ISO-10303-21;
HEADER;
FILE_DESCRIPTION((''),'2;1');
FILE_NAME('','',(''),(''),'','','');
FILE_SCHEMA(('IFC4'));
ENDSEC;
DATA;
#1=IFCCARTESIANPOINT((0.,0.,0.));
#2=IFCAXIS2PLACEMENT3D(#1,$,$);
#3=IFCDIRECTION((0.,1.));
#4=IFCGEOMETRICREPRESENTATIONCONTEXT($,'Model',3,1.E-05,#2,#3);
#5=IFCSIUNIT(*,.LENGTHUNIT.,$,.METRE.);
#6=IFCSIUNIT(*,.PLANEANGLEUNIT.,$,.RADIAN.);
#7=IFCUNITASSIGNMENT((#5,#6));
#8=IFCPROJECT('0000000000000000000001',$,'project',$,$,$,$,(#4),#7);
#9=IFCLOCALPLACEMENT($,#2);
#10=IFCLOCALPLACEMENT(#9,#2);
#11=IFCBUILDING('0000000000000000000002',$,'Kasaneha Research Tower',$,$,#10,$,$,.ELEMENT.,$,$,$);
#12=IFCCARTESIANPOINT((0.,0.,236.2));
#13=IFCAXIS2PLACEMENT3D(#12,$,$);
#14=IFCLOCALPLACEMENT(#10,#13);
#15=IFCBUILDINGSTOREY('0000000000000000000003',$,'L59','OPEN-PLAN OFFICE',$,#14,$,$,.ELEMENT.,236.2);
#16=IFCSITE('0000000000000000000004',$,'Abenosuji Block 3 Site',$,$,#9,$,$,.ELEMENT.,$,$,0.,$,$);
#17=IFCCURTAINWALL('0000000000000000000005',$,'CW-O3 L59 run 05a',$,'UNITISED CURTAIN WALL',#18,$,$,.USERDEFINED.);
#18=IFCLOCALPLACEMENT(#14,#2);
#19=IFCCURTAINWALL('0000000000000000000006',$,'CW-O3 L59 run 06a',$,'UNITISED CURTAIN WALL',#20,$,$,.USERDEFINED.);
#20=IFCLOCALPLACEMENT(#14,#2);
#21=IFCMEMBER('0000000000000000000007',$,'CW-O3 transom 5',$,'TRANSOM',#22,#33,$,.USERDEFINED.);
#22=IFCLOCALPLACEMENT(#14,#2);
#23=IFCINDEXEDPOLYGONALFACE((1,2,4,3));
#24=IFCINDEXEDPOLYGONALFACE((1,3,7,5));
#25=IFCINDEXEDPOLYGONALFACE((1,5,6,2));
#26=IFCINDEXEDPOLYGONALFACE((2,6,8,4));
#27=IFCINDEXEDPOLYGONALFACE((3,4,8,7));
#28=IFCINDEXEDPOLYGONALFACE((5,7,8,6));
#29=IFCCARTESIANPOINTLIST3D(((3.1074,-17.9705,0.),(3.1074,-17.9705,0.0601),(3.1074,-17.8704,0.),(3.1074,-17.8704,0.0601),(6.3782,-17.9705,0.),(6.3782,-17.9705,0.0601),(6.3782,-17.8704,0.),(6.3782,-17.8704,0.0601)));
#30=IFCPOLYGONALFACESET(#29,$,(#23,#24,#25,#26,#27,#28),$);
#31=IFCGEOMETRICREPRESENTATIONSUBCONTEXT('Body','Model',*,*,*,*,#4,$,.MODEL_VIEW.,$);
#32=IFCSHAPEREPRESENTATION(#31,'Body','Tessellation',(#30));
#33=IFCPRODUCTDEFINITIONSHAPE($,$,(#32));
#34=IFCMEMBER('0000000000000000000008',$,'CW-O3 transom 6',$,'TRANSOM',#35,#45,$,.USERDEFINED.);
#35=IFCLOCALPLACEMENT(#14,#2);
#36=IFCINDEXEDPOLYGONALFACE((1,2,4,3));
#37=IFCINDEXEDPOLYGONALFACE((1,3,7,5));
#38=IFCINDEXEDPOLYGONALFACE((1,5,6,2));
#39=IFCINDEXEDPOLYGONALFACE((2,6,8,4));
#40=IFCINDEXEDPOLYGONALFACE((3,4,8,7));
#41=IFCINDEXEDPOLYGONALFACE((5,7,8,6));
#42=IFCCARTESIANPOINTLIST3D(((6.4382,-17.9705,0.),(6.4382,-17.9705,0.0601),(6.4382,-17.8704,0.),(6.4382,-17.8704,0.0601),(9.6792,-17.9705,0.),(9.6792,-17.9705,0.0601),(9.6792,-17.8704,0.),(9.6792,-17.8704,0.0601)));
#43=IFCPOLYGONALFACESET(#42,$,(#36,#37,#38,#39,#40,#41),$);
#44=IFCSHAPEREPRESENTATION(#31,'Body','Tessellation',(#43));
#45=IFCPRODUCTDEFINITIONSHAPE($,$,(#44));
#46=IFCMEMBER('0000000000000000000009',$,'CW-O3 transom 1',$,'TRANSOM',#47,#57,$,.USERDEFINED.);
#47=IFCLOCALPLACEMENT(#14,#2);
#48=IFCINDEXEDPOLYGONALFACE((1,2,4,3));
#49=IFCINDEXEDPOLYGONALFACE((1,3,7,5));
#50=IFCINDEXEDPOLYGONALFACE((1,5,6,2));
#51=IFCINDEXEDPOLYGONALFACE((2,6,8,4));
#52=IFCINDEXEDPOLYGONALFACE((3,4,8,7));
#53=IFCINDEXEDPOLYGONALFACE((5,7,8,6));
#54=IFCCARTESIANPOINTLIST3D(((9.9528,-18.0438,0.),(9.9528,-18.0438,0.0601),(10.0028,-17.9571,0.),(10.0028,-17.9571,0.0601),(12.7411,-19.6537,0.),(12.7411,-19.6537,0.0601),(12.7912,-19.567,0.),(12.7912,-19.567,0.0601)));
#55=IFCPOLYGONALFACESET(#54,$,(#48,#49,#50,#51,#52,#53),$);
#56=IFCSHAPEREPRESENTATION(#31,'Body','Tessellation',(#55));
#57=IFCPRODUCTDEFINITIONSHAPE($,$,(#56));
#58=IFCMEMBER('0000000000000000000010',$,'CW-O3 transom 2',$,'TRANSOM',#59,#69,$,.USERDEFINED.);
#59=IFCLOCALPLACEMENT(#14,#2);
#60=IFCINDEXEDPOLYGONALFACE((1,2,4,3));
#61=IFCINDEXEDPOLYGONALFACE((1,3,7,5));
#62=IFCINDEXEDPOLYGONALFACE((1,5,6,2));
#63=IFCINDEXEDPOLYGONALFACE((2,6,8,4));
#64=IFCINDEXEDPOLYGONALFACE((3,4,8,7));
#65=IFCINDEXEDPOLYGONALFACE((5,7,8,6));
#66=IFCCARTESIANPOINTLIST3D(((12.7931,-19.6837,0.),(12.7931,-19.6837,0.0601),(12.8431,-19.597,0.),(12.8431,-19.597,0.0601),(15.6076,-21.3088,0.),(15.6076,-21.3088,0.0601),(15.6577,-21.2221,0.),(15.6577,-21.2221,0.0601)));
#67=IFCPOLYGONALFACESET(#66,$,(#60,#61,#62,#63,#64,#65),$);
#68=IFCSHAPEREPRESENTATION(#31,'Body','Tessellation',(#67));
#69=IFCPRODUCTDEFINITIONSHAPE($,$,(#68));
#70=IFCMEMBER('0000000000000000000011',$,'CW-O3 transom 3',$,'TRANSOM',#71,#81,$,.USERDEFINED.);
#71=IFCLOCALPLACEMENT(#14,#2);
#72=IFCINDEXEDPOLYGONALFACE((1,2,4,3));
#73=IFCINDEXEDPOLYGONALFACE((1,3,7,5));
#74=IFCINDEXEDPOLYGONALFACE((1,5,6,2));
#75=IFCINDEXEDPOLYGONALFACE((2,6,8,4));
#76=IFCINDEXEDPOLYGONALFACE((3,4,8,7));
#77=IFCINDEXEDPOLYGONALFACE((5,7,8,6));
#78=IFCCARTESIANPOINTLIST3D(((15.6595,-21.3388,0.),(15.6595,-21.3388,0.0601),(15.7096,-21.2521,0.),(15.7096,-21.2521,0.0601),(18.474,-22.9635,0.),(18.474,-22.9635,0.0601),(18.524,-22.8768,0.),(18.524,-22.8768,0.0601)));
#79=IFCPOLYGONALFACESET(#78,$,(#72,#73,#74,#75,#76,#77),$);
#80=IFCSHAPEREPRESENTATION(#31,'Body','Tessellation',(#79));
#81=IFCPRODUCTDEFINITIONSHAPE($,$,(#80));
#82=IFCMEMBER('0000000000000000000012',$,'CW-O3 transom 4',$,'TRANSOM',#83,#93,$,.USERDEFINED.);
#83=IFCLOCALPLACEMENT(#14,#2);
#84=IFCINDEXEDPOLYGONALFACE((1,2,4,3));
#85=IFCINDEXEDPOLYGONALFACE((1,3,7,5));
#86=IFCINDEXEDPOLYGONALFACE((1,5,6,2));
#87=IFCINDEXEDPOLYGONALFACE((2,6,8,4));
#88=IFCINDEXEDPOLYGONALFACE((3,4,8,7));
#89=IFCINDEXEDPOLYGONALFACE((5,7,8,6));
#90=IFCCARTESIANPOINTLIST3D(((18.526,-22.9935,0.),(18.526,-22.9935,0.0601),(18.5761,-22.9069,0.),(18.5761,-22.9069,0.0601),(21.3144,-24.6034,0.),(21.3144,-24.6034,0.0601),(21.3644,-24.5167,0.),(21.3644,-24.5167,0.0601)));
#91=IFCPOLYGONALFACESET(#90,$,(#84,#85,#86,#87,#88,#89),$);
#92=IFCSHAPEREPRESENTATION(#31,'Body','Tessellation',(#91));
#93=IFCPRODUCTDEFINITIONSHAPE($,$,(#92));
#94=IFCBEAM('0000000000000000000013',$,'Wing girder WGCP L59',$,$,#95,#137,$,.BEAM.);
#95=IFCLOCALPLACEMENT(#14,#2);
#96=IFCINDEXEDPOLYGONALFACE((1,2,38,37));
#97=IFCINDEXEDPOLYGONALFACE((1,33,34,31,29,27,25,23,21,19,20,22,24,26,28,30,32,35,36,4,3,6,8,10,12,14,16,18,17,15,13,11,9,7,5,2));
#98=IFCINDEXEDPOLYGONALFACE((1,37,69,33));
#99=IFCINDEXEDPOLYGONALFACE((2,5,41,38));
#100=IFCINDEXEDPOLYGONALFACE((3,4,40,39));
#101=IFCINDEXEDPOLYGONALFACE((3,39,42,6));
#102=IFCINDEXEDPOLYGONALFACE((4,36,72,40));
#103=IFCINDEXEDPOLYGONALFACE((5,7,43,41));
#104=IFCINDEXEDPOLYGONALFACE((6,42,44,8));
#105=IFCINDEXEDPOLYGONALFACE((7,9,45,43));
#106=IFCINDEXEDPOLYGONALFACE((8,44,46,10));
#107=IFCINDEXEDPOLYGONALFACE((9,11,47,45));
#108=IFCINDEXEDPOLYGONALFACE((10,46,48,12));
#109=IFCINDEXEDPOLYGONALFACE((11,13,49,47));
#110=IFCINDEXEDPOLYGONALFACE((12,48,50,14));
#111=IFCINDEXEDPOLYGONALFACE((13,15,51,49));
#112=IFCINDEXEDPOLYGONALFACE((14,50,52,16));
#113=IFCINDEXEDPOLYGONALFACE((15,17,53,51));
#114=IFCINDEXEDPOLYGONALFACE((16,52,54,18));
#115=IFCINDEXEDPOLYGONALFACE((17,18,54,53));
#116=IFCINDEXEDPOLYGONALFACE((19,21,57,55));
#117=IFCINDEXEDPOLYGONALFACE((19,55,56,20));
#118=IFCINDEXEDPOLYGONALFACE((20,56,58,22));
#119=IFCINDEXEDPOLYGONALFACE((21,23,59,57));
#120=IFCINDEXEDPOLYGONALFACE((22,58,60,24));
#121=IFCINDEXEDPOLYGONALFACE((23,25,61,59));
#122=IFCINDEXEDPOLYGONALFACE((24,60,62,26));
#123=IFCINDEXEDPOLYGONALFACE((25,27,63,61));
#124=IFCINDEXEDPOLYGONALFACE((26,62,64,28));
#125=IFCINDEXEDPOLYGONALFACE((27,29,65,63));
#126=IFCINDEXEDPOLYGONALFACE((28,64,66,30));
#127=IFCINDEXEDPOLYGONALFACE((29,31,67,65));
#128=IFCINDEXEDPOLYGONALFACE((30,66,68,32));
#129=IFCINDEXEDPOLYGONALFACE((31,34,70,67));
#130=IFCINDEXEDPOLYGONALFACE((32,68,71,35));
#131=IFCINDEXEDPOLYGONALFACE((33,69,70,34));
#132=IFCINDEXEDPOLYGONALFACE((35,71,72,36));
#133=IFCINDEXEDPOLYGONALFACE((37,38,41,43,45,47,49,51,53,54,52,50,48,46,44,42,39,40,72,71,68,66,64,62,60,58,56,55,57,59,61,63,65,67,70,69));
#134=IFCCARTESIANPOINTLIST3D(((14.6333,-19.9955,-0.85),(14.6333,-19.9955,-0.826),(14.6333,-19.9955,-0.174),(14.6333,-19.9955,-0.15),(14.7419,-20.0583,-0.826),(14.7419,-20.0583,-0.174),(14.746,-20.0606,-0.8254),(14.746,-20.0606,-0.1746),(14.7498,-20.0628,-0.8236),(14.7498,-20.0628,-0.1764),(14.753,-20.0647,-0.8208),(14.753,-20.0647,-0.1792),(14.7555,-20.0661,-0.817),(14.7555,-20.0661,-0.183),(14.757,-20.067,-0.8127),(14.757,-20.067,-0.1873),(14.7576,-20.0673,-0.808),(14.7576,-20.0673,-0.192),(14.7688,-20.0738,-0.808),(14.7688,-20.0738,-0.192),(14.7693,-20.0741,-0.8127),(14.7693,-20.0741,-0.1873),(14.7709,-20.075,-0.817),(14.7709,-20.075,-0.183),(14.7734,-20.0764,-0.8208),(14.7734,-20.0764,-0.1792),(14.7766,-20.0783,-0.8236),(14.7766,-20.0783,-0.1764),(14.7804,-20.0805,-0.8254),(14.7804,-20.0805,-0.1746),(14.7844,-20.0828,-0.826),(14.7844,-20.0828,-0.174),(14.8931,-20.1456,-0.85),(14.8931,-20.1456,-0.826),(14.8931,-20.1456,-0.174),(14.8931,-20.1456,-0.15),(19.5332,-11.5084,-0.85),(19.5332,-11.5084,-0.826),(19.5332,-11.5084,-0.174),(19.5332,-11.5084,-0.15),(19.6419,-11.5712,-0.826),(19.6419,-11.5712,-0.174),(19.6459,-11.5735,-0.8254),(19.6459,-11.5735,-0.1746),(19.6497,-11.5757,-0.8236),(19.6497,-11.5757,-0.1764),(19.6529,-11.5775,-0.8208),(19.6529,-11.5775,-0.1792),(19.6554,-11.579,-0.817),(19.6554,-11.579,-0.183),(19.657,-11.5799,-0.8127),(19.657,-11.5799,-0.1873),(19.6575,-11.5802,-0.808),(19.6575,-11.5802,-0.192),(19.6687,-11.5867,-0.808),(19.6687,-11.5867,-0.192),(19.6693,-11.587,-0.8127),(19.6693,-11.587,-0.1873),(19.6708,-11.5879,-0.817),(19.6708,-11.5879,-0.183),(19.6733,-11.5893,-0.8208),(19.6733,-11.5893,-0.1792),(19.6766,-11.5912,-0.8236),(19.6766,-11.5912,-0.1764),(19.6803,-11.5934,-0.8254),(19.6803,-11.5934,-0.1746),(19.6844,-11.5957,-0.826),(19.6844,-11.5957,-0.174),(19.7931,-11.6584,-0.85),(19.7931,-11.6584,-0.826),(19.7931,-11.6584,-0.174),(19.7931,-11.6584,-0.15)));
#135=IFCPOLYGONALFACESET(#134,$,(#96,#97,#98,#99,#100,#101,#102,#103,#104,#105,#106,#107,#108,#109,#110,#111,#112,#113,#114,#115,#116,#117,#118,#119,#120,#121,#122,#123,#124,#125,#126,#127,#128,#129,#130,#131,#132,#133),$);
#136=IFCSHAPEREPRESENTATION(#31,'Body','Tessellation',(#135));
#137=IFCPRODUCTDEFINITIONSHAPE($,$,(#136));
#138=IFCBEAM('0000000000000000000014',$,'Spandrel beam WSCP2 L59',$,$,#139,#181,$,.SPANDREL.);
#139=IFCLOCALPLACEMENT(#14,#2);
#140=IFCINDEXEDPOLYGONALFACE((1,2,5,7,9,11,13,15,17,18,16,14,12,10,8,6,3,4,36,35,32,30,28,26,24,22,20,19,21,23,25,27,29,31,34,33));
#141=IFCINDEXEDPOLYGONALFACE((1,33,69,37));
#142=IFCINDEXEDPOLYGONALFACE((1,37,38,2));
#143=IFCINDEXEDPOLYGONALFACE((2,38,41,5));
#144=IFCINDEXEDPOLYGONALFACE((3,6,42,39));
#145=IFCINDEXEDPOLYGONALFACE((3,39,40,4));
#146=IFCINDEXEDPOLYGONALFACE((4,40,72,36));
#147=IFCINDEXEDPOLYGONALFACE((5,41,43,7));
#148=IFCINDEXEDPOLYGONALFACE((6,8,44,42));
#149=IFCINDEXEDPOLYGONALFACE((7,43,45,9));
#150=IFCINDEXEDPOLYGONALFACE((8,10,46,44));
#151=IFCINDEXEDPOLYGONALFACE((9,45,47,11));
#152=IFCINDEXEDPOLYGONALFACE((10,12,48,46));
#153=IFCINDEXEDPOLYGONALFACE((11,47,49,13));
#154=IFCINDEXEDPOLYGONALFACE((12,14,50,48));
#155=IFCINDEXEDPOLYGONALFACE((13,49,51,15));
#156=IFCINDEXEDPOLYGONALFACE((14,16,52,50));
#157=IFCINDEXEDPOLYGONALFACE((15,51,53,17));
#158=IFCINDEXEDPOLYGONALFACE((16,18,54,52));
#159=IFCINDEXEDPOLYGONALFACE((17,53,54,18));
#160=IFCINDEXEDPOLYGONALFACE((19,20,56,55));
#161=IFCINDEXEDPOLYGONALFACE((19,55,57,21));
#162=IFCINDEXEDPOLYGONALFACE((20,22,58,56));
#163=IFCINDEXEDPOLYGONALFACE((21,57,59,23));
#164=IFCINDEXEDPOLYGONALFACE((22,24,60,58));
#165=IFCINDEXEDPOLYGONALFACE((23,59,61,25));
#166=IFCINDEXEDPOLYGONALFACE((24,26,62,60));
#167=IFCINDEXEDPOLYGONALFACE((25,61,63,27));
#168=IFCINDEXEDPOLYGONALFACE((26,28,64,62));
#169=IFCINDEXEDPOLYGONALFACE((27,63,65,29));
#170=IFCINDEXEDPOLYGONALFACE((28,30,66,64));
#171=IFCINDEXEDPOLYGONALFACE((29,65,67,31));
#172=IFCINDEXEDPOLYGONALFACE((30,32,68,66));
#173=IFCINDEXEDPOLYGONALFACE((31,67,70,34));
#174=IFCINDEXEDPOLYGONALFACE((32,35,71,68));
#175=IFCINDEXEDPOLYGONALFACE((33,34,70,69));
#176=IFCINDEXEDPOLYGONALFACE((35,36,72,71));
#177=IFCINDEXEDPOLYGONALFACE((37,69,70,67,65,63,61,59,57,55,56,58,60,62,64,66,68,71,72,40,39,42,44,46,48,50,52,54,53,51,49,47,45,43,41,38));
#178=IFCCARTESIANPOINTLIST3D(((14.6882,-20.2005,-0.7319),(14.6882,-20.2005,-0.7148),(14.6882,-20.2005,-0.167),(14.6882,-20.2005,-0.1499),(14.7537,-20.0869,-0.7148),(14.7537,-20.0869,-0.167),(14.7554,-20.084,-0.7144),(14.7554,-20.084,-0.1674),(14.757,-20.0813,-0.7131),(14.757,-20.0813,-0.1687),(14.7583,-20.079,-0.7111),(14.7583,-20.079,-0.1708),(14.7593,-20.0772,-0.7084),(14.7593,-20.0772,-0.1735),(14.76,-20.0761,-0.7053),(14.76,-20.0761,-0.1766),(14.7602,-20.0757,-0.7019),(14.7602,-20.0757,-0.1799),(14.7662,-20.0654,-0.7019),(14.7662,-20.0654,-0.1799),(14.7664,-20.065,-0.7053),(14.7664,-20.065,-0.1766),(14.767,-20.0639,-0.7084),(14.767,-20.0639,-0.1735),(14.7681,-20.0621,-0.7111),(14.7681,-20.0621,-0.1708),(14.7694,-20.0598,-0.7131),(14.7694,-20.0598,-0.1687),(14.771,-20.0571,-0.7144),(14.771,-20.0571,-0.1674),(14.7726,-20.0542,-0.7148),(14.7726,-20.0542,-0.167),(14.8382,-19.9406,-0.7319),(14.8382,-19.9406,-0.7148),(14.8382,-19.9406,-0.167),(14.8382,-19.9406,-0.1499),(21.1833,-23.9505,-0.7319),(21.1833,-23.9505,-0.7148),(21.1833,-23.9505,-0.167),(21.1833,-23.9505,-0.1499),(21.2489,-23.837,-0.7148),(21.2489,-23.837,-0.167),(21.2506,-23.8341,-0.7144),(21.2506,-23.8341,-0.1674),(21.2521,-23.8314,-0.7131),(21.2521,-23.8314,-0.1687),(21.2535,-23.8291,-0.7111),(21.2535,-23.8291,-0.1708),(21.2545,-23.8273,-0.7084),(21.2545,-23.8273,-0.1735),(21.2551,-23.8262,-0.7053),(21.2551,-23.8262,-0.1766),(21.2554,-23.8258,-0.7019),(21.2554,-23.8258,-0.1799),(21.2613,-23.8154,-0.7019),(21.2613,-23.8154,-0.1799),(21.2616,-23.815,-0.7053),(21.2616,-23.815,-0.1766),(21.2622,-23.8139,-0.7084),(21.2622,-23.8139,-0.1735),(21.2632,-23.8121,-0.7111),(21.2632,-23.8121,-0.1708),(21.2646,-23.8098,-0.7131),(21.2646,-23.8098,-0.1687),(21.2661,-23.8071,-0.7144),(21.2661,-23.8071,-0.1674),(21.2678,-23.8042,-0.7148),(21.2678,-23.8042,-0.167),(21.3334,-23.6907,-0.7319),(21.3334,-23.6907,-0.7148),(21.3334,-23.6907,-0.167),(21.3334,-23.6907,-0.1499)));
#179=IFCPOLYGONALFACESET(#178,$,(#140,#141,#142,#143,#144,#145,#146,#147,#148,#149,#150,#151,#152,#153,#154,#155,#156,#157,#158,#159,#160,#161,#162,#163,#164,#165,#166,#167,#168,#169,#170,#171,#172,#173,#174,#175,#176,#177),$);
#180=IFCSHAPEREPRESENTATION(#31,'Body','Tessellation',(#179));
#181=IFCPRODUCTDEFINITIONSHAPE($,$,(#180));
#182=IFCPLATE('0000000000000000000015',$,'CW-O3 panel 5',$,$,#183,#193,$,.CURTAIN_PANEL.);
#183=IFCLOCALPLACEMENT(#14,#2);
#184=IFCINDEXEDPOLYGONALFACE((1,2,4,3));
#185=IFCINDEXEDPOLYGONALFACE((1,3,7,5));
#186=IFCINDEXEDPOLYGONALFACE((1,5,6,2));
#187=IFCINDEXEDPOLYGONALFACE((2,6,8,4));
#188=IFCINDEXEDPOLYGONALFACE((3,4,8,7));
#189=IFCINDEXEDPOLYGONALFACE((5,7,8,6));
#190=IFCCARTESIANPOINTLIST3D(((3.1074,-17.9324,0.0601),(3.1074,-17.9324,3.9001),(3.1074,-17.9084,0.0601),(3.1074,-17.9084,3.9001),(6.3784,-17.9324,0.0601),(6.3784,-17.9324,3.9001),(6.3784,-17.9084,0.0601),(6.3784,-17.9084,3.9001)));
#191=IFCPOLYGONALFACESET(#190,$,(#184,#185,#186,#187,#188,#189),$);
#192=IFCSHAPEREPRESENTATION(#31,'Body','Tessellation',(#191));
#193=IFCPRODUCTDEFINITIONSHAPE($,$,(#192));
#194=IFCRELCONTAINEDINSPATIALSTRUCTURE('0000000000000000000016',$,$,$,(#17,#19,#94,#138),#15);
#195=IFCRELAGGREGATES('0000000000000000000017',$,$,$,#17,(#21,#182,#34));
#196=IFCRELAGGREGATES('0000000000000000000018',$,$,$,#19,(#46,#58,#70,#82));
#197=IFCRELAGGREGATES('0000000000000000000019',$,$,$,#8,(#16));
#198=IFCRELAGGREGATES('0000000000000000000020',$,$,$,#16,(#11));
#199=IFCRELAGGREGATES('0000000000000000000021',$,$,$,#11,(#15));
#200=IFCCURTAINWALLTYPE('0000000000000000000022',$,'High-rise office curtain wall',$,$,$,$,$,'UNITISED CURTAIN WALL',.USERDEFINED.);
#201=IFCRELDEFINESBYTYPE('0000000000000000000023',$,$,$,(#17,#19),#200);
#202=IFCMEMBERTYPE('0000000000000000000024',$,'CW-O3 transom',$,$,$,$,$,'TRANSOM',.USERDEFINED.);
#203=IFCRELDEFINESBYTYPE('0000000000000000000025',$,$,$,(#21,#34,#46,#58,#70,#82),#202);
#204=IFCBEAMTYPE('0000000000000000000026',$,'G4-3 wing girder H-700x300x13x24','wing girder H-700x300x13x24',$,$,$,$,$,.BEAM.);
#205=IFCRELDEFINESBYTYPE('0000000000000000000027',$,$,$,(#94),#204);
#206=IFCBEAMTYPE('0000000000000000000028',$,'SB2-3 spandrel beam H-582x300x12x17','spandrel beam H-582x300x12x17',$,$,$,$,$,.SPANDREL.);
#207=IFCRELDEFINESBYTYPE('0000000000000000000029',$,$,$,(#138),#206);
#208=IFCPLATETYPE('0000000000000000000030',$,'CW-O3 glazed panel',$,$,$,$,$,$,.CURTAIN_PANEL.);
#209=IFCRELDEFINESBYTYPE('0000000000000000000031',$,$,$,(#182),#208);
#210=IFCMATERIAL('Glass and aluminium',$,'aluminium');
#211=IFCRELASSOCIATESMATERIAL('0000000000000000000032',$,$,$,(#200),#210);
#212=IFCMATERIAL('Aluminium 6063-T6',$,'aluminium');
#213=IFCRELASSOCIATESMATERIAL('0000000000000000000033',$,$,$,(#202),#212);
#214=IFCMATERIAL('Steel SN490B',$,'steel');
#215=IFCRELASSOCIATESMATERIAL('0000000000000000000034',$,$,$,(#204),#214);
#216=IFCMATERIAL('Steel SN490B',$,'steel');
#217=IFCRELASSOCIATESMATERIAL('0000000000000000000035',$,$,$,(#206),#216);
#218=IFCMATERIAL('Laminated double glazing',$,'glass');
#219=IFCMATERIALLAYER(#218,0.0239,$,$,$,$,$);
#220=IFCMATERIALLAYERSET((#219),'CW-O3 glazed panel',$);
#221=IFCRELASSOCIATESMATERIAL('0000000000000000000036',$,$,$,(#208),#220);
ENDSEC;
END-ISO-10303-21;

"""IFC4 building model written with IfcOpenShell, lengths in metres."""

from ifc_helpers import new_model, si_unit, direction, frame, origin, origin_2d, place, context, subcontext, project, spatial, rectangle, i_section, extrude, material, layer, layer_set, material_profile, profile_set, type_object, element, aggregate, save


model = new_model("IFC4")

# Units and contexts
model_context = context("Model", 3, precision=1e-05, world=origin(), true_north=direction((0.0, 1.0)))
body_context = subcontext(model_context, "Body", "Model", "MODEL_VIEW")
ifc_project = project(units=[si_unit("LENGTHUNIT", "METRE"), si_unit("PLANEANGLEUNIT", "RADIAN")], contexts=[model_context])

# Site, building, storey
site_placement = place(None, origin())
site = spatial("IfcSite", under=ifc_project, at=site_placement, Name="Abenosuji Block 3 Site", CompositionType="ELEMENT", RefElevation=0.0)
building_placement = place(site_placement, origin())
building = spatial("IfcBuilding", under=site, at=building_placement, Name="Kasaneha Research Tower", CompositionType="ELEMENT")
storey_placement = place(building_placement, frame((0.0, 0.0, 236.2)))
storey = spatial("IfcBuildingStorey", under=building, at=storey_placement, Name="L59", Description="OPEN-PLAN OFFICE", CompositionType="ELEMENT", Elevation=236.2)

# Curtain walls
ifc_material_1 = material(Name="Glass and aluminium", Category="aluminium")
curtain_wall_type = type_object("IfcCurtainWallType", Name="High-rise office curtain wall", ElementType="UNITISED CURTAIN WALL", PredefinedType="USERDEFINED", material=ifc_material_1)
curtain_wall_1_placement = place(storey_placement, origin())
curtain_wall_1 = element("IfcCurtainWall", 1, at=curtain_wall_1_placement, inside=storey, type_object=curtain_wall_type, Name="CW-O3 L59 run 05a", ObjectType="UNITISED CURTAIN WALL", PredefinedType="USERDEFINED")
curtain_wall_2_placement = place(storey_placement, origin())
curtain_wall_2 = element("IfcCurtainWall", 2, at=curtain_wall_2_placement, inside=storey, type_object=curtain_wall_type, Name="CW-O3 L59 run 06a", ObjectType="UNITISED CURTAIN WALL", PredefinedType="USERDEFINED")

# Members
ifc_material_2 = material(Name="Aluminium 6063-T6", Category="aluminium")
ifc_material_profile_1 = material_profile(ifc_material_2, rectangle(XDim=0.1001, YDim=0.0601, at=origin_2d()), Name="CW-O3 transom 100x60")
ifc_profile_set_1 = profile_set([ifc_material_profile_1], Name="Aluminium 6063-T6")
member_type_1 = type_object("IfcMemberType", Name="CW-O3 transom", ElementType="TRANSOM", PredefinedType="USERDEFINED", material=ifc_profile_set_1)
member_1_placement = place(storey_placement, frame((3.1074, -17.9204, 0.03), z_axis=(1.0, 0.0, 0.0), x_axis=(0.0, 1.0, 0.0)))
member_1 = element("IfcMember", 3, at=member_1_placement, type_object=member_type_1, Name="CW-O3 transom 5", ObjectType="TRANSOM", PredefinedType="USERDEFINED", context=body_context, shape_type="SweptSolid", body=[
    extrude(rectangle(XDim=0.1001, YDim=0.0601, at=origin_2d()), origin(), (0.0, 0.0, 1.0), 3.2708),
])
member_2_placement = place(storey_placement, frame((6.4382, -17.9204, 0.03), z_axis=(1.0, 0.0, 0.0), x_axis=(0.0, 1.0, 0.0)))
member_2 = element("IfcMember", 4, at=member_2_placement, type_object=member_type_1, Name="CW-O3 transom 6", ObjectType="TRANSOM", PredefinedType="USERDEFINED", context=body_context, shape_type="SweptSolid", body=[
    extrude(rectangle(XDim=0.1001, YDim=0.0601, at=origin_2d()), origin(), (0.0, 0.0, 1.0), 3.241),
])
member_3_placement = place(storey_placement, frame((9.9778, -18.0005, 0.03), z_axis=(0.866023, -0.500005, 0.0), x_axis=(0.500005, 0.866023, 0.0)))
member_3 = element("IfcMember", 5, at=member_3_placement, type_object=member_type_1, Name="CW-O3 transom 1", ObjectType="TRANSOM", PredefinedType="USERDEFINED", context=body_context, shape_type="SweptSolid", body=[
    extrude(rectangle(XDim=0.1001, YDim=0.0601, at=origin_2d()), origin(), (0.0, 0.0, 1.0), 3.2197),
])
member_4_placement = place(storey_placement, frame((12.8181, -19.6404, 0.03), z_axis=(0.866015, -0.500017, 0.0), x_axis=(0.500017, 0.866015, 0.0)))
member_4 = element("IfcMember", 6, at=member_4_placement, type_object=member_type_1, Name="CW-O3 transom 2", ObjectType="TRANSOM", PredefinedType="USERDEFINED", context=body_context, shape_type="SweptSolid", body=[
    extrude(rectangle(XDim=0.1001, YDim=0.0601, at=origin_2d()), origin(), (0.0, 0.0, 1.0), 3.25),
])
member_5_placement = place(storey_placement, frame((15.6846, -21.2954, 0.03), z_axis=(0.866048, -0.499961, 0.0), x_axis=(0.499961, 0.866048, 0.0)))
member_5 = element("IfcMember", 7, at=member_5_placement, type_object=member_type_1, Name="CW-O3 transom 3", ObjectType="TRANSOM", PredefinedType="USERDEFINED", context=body_context, shape_type="SweptSolid", body=[
    extrude(rectangle(XDim=0.1001, YDim=0.0601, at=origin_2d()), origin(), (0.0, 0.0, 1.0), 3.2498),
])
member_6_placement = place(storey_placement, frame((18.551, -22.9502, 0.03), z_axis=(0.866023, -0.500005, 0.0), x_axis=(0.500005, 0.866023, 0.0)))
member_6 = element("IfcMember", 8, at=member_6_placement, type_object=member_type_1, Name="CW-O3 transom 4", ObjectType="TRANSOM", PredefinedType="USERDEFINED", context=body_context, shape_type="SweptSolid", body=[
    extrude(rectangle(XDim=0.1001, YDim=0.0601, at=origin_2d()), origin(), (0.0, 0.0, 1.0), 3.2197),
])

# Beams
ifc_material_3 = material(Name="Steel SN490B", Category="steel")
ifc_material_profile_2 = material_profile(ifc_material_3, i_section(OverallWidth=0.3, OverallDepth=0.7, WebThickness=0.0129, FlangeThickness=0.0239, FilletRadius=0.0181, at=origin_2d()), Name="H-700x300x13x24")
ifc_profile_set_2 = profile_set([ifc_material_profile_2], Name="Steel SN490B")
beam_type_1 = type_object("IfcBeamType", Name="G4-3 wing girder H-700x300x13x24", Description="wing girder H-700x300x13x24", PredefinedType="BEAM", material=ifc_profile_set_2)
beam_1_placement = place(storey_placement, frame((14.7632, -20.0706, -0.5), z_axis=(0.499992, 0.86603, 0.0), x_axis=(-0.86603, 0.499992, 0.0)))
element("IfcBeam", 9, at=beam_1_placement, inside=storey, type_object=beam_type_1, Name="Wing girder WGCP L59", PredefinedType="BEAM", context=body_context, shape_type="SweptSolid", body=[
    extrude(i_section(OverallWidth=0.3, OverallDepth=0.7, WebThickness=0.0129, FlangeThickness=0.0239, FilletRadius=0.0181, at=origin_2d()), origin(), (0.0, 0.0, 1.0), 9.8),
])
ifc_material_4 = material(Name="Steel SN490B", Category="steel")
ifc_material_profile_3 = material_profile(ifc_material_4, i_section(OverallWidth=0.3, OverallDepth=0.582, WebThickness=0.012, FlangeThickness=0.0171, FilletRadius=0.0129, at=origin_2d()), Name="H-582x300x12x17")
ifc_profile_set_3 = profile_set([ifc_material_profile_3], Name="Steel SN490B")
beam_type_2 = type_object("IfcBeamType", Name="SB2-3 spandrel beam H-582x300x12x17", Description="spandrel beam H-582x300x12x17", PredefinedType="SPANDREL", material=ifc_profile_set_3)
beam_2_placement = place(storey_placement, frame((14.7632, -20.0706, -0.4409), z_axis=(0.866023, -0.500004, 0.0), x_axis=(0.500004, 0.866023, 0.0)))
element("IfcBeam", 10, at=beam_2_placement, inside=storey, type_object=beam_type_2, Name="Spandrel beam WSCP2 L59", PredefinedType="SPANDREL", context=body_context, shape_type="SweptSolid", body=[
    extrude(i_section(OverallWidth=0.3, OverallDepth=0.582, WebThickness=0.012, FlangeThickness=0.0171, FilletRadius=0.0129, at=origin_2d()), origin(), (0.0, 0.0, 1.0), 7.5),
])

# Plate
ifc_material_5 = material(Name="Laminated double glazing", Category="glass")
ifc_layer_1 = layer(ifc_material_5, 0.0239)
ifc_layer_set_1 = layer_set([ifc_layer_1], Name="CW-O3 glazed panel")
plate_type = type_object("IfcPlateType", Name="CW-O3 glazed panel", PredefinedType="CURTAIN_PANEL", material=ifc_layer_set_1)
plate_1_placement = place(storey_placement, frame((4.7429, -17.9204, 0.0601), z_axis=(0.0, 0.0, 1.0), x_axis=(1.0, 0.0, 0.0)))
plate_1 = element("IfcPlate", 11, at=plate_1_placement, type_object=plate_type, Name="CW-O3 panel 5", PredefinedType="CURTAIN_PANEL", context=body_context, shape_type="SweptSolid", body=[
    extrude(rectangle(XDim=3.271, YDim=0.0239, at=origin_2d()), origin(), (0.0, 0.0, 1.0), 3.8401),
])
aggregate(curtain_wall_1, [member_1, plate_1, member_2])
aggregate(curtain_wall_2, [member_3, member_4, member_5, member_6])

save(model, "model.ifc")
